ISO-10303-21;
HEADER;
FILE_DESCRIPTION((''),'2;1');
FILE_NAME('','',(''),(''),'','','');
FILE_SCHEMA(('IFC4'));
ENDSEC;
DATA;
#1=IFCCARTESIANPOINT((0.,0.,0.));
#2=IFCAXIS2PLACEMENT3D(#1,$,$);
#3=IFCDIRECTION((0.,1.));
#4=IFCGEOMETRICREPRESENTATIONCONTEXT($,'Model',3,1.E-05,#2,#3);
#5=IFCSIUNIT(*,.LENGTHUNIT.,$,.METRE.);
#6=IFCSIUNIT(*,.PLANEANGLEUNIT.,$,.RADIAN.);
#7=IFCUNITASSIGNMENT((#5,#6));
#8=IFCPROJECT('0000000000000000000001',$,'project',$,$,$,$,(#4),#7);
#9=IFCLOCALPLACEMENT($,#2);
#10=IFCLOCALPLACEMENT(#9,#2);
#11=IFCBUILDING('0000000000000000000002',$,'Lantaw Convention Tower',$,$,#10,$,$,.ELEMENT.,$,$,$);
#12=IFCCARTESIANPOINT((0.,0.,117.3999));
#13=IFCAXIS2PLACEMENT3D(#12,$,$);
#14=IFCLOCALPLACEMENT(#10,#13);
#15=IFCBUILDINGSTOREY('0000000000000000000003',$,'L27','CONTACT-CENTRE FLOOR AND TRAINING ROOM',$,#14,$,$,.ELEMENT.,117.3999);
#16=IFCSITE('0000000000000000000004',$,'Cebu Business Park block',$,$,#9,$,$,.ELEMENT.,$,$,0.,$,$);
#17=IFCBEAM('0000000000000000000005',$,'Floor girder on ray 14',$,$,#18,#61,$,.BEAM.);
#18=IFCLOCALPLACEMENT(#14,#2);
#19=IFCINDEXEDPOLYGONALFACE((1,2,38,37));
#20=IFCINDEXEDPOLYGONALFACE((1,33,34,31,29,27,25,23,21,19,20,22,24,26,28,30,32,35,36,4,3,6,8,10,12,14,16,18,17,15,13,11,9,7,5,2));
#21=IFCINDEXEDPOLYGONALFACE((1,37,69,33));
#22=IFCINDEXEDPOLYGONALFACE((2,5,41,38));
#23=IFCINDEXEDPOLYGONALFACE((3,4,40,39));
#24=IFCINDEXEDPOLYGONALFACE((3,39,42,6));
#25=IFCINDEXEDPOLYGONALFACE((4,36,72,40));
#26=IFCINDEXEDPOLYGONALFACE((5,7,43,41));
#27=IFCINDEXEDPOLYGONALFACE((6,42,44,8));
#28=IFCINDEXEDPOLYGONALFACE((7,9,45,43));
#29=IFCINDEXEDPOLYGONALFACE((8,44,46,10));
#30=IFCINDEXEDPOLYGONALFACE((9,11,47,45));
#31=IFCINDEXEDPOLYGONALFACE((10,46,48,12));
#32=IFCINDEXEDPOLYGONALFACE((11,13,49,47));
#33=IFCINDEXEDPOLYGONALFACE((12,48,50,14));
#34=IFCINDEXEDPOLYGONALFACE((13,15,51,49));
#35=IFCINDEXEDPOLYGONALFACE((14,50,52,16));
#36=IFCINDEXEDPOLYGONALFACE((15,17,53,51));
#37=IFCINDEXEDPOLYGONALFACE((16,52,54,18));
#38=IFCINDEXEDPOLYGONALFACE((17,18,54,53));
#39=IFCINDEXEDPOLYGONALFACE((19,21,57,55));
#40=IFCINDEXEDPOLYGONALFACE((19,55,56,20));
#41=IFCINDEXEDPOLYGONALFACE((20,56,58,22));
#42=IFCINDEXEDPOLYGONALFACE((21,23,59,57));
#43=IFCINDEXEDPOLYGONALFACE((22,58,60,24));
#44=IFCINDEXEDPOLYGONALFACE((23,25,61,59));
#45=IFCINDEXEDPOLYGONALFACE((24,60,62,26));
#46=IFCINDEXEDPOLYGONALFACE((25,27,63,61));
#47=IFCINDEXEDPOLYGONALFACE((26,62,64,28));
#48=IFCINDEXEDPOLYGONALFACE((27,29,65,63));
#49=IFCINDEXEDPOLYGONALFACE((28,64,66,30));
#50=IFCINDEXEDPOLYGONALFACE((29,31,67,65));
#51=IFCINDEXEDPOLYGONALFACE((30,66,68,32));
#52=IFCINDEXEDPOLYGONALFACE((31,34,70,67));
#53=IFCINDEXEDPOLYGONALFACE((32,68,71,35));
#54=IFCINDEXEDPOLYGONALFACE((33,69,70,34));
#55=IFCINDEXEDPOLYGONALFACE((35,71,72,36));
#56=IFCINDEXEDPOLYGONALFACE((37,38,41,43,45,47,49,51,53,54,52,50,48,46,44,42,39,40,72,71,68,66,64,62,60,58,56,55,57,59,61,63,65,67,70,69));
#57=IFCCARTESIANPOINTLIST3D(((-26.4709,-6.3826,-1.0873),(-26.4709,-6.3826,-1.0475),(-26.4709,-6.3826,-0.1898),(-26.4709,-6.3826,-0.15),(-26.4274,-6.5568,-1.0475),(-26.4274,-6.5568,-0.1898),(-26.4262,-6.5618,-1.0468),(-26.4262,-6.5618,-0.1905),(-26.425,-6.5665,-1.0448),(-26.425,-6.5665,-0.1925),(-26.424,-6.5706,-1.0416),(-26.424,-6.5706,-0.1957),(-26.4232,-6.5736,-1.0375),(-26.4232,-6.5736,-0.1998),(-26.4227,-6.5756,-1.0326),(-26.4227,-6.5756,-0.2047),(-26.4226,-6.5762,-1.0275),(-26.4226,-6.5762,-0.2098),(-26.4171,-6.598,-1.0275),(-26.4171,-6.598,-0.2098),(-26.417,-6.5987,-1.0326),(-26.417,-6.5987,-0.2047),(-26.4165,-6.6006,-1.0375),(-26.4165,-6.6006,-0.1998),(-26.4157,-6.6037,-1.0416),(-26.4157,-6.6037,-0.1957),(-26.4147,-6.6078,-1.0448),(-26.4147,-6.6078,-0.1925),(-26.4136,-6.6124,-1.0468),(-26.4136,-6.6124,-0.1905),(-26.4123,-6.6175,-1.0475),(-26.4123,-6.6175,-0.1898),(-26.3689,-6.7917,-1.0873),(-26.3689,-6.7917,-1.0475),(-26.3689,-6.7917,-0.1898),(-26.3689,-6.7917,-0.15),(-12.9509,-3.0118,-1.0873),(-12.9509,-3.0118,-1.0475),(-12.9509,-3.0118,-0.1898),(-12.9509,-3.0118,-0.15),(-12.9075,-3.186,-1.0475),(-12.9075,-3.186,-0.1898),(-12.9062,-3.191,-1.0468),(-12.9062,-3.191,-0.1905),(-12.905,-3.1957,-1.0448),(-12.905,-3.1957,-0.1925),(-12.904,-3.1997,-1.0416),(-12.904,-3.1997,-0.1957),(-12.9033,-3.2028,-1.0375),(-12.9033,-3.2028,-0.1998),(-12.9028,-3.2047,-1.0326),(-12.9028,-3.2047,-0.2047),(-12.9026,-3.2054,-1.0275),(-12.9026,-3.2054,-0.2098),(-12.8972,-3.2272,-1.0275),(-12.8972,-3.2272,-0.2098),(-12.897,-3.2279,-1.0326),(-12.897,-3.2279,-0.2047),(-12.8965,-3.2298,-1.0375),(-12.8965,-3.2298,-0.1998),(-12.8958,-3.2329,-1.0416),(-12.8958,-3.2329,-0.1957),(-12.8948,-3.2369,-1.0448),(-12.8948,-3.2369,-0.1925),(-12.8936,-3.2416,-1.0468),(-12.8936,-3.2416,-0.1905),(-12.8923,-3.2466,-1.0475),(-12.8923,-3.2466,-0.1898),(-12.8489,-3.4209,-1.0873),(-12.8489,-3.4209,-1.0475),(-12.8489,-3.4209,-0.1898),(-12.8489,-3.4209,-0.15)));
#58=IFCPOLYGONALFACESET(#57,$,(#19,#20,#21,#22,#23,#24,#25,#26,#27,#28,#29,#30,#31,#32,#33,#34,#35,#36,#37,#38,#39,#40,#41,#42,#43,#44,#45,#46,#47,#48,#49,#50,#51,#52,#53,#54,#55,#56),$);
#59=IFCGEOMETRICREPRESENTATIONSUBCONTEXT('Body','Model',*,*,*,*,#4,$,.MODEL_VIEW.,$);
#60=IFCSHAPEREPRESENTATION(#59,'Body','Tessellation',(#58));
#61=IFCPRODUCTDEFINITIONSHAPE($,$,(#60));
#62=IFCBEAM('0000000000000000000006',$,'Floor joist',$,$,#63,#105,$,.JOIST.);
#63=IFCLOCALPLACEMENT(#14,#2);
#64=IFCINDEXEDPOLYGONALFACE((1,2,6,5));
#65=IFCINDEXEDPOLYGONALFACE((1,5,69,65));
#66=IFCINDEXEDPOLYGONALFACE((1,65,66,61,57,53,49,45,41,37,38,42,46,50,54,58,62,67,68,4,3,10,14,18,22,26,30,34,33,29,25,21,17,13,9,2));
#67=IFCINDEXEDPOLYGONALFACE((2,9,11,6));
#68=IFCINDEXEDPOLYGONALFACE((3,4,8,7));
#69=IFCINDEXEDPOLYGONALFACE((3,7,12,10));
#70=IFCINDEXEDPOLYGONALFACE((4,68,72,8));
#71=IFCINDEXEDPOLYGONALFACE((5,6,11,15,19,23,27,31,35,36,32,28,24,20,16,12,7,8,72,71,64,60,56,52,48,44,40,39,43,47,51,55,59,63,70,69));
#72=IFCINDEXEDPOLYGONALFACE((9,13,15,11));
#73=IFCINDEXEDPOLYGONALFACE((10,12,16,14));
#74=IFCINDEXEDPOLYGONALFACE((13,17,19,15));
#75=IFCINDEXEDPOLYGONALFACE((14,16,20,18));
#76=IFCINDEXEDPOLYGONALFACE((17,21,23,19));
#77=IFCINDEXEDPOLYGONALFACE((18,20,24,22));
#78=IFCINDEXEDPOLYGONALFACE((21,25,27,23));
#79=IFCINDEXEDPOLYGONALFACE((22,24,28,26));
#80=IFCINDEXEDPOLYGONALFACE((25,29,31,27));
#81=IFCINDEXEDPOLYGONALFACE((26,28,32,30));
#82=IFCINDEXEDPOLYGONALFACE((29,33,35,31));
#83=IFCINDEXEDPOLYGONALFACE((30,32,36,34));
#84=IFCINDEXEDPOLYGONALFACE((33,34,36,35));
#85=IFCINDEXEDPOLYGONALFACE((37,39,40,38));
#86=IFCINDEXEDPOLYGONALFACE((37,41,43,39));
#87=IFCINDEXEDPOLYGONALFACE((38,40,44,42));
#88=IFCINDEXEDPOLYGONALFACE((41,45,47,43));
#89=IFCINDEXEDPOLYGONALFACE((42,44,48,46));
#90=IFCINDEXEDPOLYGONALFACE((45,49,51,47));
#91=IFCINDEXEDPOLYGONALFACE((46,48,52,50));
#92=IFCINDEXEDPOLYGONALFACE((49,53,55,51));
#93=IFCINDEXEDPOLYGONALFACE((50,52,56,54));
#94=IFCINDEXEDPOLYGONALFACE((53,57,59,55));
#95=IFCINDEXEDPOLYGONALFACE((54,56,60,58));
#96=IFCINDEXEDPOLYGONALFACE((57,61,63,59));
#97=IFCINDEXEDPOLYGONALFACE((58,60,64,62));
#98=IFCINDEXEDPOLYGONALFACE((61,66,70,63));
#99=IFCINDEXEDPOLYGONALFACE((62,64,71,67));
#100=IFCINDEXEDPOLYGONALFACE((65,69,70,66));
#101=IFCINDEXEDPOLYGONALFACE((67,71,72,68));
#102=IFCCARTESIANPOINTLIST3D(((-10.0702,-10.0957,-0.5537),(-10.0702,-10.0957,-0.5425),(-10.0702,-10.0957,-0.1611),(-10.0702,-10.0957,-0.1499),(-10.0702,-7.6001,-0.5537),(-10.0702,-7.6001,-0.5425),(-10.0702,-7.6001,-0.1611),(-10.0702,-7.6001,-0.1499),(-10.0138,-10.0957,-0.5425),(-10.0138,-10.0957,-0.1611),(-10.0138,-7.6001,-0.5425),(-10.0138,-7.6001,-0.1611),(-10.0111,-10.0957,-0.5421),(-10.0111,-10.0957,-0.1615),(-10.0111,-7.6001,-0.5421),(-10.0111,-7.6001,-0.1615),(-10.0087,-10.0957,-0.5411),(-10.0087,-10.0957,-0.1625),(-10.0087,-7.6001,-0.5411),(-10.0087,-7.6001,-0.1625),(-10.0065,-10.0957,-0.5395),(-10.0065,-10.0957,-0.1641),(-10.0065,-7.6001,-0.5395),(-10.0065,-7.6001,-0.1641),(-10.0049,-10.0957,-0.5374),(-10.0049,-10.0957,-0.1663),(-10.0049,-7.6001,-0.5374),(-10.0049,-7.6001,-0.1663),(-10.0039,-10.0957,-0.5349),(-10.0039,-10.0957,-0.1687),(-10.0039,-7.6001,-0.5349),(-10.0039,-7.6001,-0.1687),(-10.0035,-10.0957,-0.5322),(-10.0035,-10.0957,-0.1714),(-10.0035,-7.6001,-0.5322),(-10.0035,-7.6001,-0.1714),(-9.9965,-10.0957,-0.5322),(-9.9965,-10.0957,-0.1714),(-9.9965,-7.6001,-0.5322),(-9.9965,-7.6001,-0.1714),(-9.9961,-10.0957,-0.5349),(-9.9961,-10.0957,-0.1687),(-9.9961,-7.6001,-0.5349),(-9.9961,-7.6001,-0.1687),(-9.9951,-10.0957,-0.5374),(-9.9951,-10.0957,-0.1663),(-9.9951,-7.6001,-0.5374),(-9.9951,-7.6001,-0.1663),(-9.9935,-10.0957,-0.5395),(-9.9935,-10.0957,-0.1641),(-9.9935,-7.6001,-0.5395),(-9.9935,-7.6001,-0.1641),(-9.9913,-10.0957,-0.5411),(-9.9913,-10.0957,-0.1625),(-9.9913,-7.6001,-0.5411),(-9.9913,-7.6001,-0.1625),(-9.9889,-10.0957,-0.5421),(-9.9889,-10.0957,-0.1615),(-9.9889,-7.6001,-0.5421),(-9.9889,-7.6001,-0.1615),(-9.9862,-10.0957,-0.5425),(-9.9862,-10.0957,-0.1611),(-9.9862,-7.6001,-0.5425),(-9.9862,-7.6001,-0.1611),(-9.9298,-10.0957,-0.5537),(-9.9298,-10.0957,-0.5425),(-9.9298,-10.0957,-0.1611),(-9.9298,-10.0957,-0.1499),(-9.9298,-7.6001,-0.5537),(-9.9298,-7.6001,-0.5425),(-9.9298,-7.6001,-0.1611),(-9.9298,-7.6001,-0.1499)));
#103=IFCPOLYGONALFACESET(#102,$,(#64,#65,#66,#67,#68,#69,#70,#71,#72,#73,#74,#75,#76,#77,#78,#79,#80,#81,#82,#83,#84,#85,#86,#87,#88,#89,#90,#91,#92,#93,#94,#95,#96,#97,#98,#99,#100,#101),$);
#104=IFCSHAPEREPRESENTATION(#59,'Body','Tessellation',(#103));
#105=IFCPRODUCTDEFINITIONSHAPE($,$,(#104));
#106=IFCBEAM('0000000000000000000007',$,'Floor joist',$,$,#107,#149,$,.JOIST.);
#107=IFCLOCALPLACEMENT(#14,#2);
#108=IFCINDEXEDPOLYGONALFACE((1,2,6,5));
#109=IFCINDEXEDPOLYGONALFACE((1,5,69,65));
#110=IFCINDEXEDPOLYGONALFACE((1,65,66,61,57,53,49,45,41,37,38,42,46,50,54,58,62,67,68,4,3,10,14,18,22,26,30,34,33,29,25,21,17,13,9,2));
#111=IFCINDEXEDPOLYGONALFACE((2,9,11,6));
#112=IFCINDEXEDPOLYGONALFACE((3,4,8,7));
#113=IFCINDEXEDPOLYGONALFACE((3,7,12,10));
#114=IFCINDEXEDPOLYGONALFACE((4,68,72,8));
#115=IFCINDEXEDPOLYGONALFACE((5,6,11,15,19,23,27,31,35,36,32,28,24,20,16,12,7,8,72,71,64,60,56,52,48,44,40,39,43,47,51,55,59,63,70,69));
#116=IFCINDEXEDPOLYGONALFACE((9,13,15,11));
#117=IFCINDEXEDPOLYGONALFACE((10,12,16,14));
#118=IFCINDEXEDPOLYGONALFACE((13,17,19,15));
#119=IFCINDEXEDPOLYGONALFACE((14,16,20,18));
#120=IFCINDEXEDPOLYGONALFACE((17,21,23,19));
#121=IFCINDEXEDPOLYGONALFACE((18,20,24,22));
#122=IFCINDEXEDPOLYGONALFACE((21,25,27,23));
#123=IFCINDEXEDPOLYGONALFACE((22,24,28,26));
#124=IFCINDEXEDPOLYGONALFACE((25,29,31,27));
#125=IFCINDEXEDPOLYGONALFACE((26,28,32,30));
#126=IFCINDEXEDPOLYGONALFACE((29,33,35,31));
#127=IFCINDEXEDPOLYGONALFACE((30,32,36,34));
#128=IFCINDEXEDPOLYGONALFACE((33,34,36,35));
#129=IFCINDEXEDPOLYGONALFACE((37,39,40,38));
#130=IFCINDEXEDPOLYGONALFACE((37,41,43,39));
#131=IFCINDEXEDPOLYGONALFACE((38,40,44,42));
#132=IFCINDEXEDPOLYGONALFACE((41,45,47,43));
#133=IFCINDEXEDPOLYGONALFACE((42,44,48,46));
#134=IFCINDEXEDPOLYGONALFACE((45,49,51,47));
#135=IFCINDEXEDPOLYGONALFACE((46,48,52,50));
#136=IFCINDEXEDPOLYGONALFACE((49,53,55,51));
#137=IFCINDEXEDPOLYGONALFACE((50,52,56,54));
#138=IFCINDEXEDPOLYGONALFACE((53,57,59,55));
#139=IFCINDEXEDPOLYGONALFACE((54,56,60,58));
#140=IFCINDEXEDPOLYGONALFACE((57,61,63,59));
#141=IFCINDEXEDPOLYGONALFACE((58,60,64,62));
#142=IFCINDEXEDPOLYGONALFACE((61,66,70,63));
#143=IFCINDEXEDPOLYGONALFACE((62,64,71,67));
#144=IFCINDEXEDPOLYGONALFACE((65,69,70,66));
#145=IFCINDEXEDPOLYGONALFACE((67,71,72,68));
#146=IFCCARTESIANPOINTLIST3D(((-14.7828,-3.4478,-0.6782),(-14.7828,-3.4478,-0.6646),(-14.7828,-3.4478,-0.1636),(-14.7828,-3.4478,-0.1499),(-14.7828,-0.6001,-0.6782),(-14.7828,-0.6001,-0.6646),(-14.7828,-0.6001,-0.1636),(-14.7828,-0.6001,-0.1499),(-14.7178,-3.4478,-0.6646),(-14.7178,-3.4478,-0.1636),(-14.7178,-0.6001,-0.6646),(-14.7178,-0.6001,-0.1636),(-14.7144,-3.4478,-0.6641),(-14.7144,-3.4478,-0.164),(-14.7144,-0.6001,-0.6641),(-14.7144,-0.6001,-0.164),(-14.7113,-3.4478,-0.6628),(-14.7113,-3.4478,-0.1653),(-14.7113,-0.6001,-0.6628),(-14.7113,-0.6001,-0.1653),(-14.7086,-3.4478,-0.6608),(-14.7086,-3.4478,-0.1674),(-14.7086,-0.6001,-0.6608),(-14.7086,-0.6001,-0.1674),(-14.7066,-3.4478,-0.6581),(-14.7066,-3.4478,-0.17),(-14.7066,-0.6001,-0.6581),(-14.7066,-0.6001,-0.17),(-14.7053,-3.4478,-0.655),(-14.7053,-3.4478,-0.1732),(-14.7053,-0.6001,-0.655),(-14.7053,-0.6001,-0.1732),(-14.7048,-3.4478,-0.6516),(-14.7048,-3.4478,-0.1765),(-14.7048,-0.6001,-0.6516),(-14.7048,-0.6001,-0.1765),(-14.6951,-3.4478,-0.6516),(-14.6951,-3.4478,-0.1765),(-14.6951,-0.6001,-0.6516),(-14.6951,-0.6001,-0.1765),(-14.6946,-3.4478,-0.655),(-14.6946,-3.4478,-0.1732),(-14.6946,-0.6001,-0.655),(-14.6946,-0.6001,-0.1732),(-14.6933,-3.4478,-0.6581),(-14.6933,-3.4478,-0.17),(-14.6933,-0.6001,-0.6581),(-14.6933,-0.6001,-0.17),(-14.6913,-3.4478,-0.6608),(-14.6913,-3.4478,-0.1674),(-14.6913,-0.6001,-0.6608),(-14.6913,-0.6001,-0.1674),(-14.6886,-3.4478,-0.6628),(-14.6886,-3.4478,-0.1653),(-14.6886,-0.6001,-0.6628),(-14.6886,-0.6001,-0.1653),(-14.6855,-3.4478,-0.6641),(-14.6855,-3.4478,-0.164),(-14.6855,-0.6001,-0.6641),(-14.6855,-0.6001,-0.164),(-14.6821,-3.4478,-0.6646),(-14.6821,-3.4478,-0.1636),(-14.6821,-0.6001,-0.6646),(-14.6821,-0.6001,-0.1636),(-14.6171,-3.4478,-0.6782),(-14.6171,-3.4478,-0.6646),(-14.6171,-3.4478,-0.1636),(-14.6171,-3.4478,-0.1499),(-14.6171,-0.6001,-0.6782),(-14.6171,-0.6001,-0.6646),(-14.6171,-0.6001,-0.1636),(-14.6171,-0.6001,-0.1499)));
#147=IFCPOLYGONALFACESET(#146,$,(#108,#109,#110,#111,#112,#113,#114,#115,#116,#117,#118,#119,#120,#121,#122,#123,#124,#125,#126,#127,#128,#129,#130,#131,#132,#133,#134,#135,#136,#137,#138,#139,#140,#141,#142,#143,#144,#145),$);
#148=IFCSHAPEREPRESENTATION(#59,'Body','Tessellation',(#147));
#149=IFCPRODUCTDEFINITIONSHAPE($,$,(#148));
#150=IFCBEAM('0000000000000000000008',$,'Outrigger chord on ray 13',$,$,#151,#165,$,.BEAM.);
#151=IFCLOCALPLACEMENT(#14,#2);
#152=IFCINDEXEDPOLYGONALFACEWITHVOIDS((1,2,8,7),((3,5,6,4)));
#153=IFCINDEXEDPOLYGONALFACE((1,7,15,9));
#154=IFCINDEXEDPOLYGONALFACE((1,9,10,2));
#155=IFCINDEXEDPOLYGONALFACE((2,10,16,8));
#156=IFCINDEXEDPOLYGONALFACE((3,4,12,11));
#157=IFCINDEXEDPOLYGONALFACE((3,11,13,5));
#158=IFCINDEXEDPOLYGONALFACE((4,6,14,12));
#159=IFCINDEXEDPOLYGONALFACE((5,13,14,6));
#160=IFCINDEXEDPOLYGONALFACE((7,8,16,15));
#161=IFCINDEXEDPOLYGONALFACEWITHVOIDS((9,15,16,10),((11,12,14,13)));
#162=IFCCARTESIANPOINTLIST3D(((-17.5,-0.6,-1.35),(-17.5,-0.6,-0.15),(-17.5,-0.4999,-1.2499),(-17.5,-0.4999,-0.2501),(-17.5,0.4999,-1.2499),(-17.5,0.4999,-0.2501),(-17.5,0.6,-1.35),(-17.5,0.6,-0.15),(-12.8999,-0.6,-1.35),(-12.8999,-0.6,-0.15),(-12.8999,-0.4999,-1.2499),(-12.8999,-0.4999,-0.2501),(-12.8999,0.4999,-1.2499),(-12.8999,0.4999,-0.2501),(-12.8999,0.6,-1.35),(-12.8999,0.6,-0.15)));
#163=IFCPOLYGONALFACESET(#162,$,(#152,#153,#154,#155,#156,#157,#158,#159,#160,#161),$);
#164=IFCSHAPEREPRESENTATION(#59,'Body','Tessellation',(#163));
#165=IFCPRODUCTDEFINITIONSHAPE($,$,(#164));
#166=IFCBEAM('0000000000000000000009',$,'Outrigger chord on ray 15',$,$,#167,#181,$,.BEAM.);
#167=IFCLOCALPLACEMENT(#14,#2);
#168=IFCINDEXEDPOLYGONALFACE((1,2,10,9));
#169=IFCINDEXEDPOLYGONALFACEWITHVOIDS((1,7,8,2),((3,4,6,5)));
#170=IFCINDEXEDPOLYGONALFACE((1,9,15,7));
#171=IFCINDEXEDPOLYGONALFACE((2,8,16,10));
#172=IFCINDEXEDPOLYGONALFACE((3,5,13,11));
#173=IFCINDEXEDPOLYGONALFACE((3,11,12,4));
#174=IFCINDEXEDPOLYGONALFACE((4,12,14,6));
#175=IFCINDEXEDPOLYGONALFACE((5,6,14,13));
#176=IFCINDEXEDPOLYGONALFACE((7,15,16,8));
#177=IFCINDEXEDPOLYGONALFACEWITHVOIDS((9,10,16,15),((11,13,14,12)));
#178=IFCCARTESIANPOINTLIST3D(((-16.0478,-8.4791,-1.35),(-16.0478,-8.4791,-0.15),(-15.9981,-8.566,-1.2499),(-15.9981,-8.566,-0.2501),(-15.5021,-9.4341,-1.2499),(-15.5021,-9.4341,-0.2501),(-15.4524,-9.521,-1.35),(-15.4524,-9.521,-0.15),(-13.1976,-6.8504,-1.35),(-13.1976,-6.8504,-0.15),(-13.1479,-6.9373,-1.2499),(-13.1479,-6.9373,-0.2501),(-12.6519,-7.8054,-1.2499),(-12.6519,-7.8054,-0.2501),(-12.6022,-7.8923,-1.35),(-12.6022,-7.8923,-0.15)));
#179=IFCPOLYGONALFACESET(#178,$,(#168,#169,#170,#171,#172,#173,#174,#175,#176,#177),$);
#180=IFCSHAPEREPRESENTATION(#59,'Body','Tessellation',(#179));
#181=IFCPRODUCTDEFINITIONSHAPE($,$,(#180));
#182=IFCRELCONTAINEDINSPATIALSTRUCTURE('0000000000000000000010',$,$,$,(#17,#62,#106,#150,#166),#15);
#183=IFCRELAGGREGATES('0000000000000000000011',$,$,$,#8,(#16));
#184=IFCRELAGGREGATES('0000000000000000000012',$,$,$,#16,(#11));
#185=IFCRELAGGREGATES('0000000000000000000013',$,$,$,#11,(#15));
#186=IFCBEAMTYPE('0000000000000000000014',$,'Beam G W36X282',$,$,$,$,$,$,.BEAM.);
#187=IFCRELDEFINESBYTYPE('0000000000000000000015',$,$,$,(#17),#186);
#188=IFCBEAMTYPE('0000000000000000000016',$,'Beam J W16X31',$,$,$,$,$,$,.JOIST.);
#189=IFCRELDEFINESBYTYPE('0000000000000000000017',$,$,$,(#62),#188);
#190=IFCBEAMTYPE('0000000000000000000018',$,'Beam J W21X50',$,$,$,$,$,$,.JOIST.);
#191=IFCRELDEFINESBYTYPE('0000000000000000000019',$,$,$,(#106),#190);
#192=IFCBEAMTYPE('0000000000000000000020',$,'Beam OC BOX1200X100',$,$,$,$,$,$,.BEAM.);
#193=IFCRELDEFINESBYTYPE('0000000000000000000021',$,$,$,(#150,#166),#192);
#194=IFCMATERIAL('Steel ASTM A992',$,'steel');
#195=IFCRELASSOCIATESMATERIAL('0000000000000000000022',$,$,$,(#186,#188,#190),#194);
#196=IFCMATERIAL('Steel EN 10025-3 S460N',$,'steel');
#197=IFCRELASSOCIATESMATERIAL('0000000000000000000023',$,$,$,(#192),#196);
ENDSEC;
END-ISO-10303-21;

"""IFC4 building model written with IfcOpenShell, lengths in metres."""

from ifc_helpers import new_model, si_unit, direction, frame, origin, origin_2d, place, context, subcontext, project, spatial, hollow_rectangle, i_section, extrude, material, material_profile, profile_set, type_object, element, save


model = new_model("IFC4")

# Units and contexts
model_context = context("Model", 3, precision=1e-05, world=origin(), true_north=direction((0.0, 1.0)))
body_context = subcontext(model_context, "Body", "Model", "MODEL_VIEW")
ifc_project = project(units=[si_unit("LENGTHUNIT", "METRE"), si_unit("PLANEANGLEUNIT", "RADIAN")], contexts=[model_context])

# Site, building, storey
site_placement = place(None, origin())
site = spatial("IfcSite", under=ifc_project, at=site_placement, Name="Cebu Business Park block", CompositionType="ELEMENT", RefElevation=0.0)
building_placement = place(site_placement, origin())
building = spatial("IfcBuilding", under=site, at=building_placement, Name="Lantaw Convention Tower", CompositionType="ELEMENT")
storey_placement = place(building_placement, frame((0.0, 0.0, 117.3999)))
storey = spatial("IfcBuildingStorey", under=building, at=storey_placement, Name="L27", Description="CONTACT-CENTRE FLOOR AND TRAINING ROOM", CompositionType="ELEMENT", Elevation=117.3999)

# Beams
ifc_material_1 = material(Name="Steel ASTM A992", Category="steel")
ifc_material_profile_1 = material_profile(ifc_material_1, i_section(OverallWidth=0.4216, OverallDepth=0.9373, WebThickness=0.0225, FlangeThickness=0.0398, FilletRadius=0.02, at=origin_2d()), Name="W36X282")
ifc_profile_set_1 = profile_set([ifc_material_profile_1], Name="Steel ASTM A992")
beam_type_1 = type_object("IfcBeamType", Name="Beam G W36X282", PredefinedType="BEAM", material=ifc_profile_set_1)
beam_1_placement = place(storey_placement, frame((-12.8999, -3.2163, -0.6187), z_axis=(-0.970297, -0.241917, 0.0), x_axis=(0.241917, -0.970297, 0.0)))
element("IfcBeam", 1, at=beam_1_placement, inside=storey, type_object=beam_type_1, Name="Floor girder on ray 14", PredefinedType="BEAM", context=body_context, shape_type="SweptSolid", body=[
    extrude(i_section(OverallWidth=0.4216, OverallDepth=0.9373, WebThickness=0.0225, FlangeThickness=0.0398, FilletRadius=0.02, at=origin_2d()), origin(), (0.0, 0.0, 1.0), 13.9338),
])
ifc_material_profile_2 = material_profile(ifc_material_1, i_section(OverallWidth=0.1404, OverallDepth=0.4038, WebThickness=0.0071, FlangeThickness=0.0112, FilletRadius=0.0103, at=origin_2d()), Name="W16X31")
ifc_profile_set_2 = profile_set([ifc_material_profile_2], Name="Steel ASTM A992")
beam_type_2 = type_object("IfcBeamType", Name="Beam J W16X31", PredefinedType="JOIST", material=ifc_profile_set_2)
beam_2_placement = place(storey_placement, frame((-10.0, -10.0957, -0.3518), z_axis=(0.0, 1.0, 0.0), x_axis=(-1.0, 0.0, 0.0)))
element("IfcBeam", 2, at=beam_2_placement, inside=storey, type_object=beam_type_2, Name="Floor joist", PredefinedType="JOIST", context=body_context, shape_type="SweptSolid", body=[
    extrude(i_section(OverallWidth=0.1404, OverallDepth=0.4038, WebThickness=0.0071, FlangeThickness=0.0112, FilletRadius=0.0103, at=origin_2d()), origin(), (0.0, 0.0, 1.0), 2.4956),
])
ifc_material_profile_3 = material_profile(ifc_material_1, i_section(OverallWidth=0.1658, OverallDepth=0.5283, WebThickness=0.0098, FlangeThickness=0.0137, FilletRadius=0.0129, at=origin_2d()), Name="W21X50")
ifc_profile_set_3 = profile_set([ifc_material_profile_3], Name="Steel ASTM A992")
beam_type_3 = type_object("IfcBeamType", Name="Beam J W21X50", PredefinedType="JOIST", material=ifc_profile_set_3)
beam_3_placement = place(storey_placement, frame((-14.7, -3.4478, -0.4141), z_axis=(0.0, 1.0, 0.0), x_axis=(-1.0, 0.0, 0.0)))
element("IfcBeam", 3, at=beam_3_placement, inside=storey, type_object=beam_type_3, Name="Floor joist", PredefinedType="JOIST", context=body_context, shape_type="SweptSolid", body=[
    extrude(i_section(OverallWidth=0.1658, OverallDepth=0.5283, WebThickness=0.0098, FlangeThickness=0.0137, FilletRadius=0.0129, at=origin_2d()), origin(), (0.0, 0.0, 1.0), 2.8477),
])
ifc_material_2 = material(Name="Steel EN 10025-3 S460N", Category="steel")
ifc_material_profile_4 = material_profile(ifc_material_2, hollow_rectangle(XDim=1.2, YDim=1.2, WallThickness=0.1001, at=origin_2d()), Name="BOX1200X100")
ifc_profile_set_4 = profile_set([ifc_material_profile_4], Name="Steel EN 10025-3 S460N")
beam_type_4 = type_object("IfcBeamType", Name="Beam OC BOX1200X100", PredefinedType="BEAM", material=ifc_profile_set_4)
beam_4_placement = place(storey_placement, frame((-12.8999, 0.0, -0.75), z_axis=(-1.0, 0.0, 0.0), x_axis=(0.0, -1.0, 0.0)))
element("IfcBeam", 4, at=beam_4_placement, inside=storey, type_object=beam_type_4, Name="Outrigger chord on ray 13", PredefinedType="BEAM", context=body_context, shape_type="SweptSolid", body=[
    extrude(hollow_rectangle(XDim=1.2, YDim=1.2, WallThickness=0.1001, at=origin_2d()), origin(), (0.0, 0.0, 1.0), 4.6001),
])
beam_5_placement = place(storey_placement, frame((-12.8999, -7.3713, -0.75), z_axis=(-0.868239, -0.496147, 0.0), x_axis=(0.496147, -0.868239, 0.0)))
element("IfcBeam", 5, at=beam_5_placement, inside=storey, type_object=beam_type_4, Name="Outrigger chord on ray 15", PredefinedType="BEAM", context=body_context, shape_type="SweptSolid", body=[
    extrude(hollow_rectangle(XDim=1.2, YDim=1.2, WallThickness=0.1001, at=origin_2d()), origin(), (0.0, 0.0, 1.0), 3.2827),
])

save(model, "model.ifc")
